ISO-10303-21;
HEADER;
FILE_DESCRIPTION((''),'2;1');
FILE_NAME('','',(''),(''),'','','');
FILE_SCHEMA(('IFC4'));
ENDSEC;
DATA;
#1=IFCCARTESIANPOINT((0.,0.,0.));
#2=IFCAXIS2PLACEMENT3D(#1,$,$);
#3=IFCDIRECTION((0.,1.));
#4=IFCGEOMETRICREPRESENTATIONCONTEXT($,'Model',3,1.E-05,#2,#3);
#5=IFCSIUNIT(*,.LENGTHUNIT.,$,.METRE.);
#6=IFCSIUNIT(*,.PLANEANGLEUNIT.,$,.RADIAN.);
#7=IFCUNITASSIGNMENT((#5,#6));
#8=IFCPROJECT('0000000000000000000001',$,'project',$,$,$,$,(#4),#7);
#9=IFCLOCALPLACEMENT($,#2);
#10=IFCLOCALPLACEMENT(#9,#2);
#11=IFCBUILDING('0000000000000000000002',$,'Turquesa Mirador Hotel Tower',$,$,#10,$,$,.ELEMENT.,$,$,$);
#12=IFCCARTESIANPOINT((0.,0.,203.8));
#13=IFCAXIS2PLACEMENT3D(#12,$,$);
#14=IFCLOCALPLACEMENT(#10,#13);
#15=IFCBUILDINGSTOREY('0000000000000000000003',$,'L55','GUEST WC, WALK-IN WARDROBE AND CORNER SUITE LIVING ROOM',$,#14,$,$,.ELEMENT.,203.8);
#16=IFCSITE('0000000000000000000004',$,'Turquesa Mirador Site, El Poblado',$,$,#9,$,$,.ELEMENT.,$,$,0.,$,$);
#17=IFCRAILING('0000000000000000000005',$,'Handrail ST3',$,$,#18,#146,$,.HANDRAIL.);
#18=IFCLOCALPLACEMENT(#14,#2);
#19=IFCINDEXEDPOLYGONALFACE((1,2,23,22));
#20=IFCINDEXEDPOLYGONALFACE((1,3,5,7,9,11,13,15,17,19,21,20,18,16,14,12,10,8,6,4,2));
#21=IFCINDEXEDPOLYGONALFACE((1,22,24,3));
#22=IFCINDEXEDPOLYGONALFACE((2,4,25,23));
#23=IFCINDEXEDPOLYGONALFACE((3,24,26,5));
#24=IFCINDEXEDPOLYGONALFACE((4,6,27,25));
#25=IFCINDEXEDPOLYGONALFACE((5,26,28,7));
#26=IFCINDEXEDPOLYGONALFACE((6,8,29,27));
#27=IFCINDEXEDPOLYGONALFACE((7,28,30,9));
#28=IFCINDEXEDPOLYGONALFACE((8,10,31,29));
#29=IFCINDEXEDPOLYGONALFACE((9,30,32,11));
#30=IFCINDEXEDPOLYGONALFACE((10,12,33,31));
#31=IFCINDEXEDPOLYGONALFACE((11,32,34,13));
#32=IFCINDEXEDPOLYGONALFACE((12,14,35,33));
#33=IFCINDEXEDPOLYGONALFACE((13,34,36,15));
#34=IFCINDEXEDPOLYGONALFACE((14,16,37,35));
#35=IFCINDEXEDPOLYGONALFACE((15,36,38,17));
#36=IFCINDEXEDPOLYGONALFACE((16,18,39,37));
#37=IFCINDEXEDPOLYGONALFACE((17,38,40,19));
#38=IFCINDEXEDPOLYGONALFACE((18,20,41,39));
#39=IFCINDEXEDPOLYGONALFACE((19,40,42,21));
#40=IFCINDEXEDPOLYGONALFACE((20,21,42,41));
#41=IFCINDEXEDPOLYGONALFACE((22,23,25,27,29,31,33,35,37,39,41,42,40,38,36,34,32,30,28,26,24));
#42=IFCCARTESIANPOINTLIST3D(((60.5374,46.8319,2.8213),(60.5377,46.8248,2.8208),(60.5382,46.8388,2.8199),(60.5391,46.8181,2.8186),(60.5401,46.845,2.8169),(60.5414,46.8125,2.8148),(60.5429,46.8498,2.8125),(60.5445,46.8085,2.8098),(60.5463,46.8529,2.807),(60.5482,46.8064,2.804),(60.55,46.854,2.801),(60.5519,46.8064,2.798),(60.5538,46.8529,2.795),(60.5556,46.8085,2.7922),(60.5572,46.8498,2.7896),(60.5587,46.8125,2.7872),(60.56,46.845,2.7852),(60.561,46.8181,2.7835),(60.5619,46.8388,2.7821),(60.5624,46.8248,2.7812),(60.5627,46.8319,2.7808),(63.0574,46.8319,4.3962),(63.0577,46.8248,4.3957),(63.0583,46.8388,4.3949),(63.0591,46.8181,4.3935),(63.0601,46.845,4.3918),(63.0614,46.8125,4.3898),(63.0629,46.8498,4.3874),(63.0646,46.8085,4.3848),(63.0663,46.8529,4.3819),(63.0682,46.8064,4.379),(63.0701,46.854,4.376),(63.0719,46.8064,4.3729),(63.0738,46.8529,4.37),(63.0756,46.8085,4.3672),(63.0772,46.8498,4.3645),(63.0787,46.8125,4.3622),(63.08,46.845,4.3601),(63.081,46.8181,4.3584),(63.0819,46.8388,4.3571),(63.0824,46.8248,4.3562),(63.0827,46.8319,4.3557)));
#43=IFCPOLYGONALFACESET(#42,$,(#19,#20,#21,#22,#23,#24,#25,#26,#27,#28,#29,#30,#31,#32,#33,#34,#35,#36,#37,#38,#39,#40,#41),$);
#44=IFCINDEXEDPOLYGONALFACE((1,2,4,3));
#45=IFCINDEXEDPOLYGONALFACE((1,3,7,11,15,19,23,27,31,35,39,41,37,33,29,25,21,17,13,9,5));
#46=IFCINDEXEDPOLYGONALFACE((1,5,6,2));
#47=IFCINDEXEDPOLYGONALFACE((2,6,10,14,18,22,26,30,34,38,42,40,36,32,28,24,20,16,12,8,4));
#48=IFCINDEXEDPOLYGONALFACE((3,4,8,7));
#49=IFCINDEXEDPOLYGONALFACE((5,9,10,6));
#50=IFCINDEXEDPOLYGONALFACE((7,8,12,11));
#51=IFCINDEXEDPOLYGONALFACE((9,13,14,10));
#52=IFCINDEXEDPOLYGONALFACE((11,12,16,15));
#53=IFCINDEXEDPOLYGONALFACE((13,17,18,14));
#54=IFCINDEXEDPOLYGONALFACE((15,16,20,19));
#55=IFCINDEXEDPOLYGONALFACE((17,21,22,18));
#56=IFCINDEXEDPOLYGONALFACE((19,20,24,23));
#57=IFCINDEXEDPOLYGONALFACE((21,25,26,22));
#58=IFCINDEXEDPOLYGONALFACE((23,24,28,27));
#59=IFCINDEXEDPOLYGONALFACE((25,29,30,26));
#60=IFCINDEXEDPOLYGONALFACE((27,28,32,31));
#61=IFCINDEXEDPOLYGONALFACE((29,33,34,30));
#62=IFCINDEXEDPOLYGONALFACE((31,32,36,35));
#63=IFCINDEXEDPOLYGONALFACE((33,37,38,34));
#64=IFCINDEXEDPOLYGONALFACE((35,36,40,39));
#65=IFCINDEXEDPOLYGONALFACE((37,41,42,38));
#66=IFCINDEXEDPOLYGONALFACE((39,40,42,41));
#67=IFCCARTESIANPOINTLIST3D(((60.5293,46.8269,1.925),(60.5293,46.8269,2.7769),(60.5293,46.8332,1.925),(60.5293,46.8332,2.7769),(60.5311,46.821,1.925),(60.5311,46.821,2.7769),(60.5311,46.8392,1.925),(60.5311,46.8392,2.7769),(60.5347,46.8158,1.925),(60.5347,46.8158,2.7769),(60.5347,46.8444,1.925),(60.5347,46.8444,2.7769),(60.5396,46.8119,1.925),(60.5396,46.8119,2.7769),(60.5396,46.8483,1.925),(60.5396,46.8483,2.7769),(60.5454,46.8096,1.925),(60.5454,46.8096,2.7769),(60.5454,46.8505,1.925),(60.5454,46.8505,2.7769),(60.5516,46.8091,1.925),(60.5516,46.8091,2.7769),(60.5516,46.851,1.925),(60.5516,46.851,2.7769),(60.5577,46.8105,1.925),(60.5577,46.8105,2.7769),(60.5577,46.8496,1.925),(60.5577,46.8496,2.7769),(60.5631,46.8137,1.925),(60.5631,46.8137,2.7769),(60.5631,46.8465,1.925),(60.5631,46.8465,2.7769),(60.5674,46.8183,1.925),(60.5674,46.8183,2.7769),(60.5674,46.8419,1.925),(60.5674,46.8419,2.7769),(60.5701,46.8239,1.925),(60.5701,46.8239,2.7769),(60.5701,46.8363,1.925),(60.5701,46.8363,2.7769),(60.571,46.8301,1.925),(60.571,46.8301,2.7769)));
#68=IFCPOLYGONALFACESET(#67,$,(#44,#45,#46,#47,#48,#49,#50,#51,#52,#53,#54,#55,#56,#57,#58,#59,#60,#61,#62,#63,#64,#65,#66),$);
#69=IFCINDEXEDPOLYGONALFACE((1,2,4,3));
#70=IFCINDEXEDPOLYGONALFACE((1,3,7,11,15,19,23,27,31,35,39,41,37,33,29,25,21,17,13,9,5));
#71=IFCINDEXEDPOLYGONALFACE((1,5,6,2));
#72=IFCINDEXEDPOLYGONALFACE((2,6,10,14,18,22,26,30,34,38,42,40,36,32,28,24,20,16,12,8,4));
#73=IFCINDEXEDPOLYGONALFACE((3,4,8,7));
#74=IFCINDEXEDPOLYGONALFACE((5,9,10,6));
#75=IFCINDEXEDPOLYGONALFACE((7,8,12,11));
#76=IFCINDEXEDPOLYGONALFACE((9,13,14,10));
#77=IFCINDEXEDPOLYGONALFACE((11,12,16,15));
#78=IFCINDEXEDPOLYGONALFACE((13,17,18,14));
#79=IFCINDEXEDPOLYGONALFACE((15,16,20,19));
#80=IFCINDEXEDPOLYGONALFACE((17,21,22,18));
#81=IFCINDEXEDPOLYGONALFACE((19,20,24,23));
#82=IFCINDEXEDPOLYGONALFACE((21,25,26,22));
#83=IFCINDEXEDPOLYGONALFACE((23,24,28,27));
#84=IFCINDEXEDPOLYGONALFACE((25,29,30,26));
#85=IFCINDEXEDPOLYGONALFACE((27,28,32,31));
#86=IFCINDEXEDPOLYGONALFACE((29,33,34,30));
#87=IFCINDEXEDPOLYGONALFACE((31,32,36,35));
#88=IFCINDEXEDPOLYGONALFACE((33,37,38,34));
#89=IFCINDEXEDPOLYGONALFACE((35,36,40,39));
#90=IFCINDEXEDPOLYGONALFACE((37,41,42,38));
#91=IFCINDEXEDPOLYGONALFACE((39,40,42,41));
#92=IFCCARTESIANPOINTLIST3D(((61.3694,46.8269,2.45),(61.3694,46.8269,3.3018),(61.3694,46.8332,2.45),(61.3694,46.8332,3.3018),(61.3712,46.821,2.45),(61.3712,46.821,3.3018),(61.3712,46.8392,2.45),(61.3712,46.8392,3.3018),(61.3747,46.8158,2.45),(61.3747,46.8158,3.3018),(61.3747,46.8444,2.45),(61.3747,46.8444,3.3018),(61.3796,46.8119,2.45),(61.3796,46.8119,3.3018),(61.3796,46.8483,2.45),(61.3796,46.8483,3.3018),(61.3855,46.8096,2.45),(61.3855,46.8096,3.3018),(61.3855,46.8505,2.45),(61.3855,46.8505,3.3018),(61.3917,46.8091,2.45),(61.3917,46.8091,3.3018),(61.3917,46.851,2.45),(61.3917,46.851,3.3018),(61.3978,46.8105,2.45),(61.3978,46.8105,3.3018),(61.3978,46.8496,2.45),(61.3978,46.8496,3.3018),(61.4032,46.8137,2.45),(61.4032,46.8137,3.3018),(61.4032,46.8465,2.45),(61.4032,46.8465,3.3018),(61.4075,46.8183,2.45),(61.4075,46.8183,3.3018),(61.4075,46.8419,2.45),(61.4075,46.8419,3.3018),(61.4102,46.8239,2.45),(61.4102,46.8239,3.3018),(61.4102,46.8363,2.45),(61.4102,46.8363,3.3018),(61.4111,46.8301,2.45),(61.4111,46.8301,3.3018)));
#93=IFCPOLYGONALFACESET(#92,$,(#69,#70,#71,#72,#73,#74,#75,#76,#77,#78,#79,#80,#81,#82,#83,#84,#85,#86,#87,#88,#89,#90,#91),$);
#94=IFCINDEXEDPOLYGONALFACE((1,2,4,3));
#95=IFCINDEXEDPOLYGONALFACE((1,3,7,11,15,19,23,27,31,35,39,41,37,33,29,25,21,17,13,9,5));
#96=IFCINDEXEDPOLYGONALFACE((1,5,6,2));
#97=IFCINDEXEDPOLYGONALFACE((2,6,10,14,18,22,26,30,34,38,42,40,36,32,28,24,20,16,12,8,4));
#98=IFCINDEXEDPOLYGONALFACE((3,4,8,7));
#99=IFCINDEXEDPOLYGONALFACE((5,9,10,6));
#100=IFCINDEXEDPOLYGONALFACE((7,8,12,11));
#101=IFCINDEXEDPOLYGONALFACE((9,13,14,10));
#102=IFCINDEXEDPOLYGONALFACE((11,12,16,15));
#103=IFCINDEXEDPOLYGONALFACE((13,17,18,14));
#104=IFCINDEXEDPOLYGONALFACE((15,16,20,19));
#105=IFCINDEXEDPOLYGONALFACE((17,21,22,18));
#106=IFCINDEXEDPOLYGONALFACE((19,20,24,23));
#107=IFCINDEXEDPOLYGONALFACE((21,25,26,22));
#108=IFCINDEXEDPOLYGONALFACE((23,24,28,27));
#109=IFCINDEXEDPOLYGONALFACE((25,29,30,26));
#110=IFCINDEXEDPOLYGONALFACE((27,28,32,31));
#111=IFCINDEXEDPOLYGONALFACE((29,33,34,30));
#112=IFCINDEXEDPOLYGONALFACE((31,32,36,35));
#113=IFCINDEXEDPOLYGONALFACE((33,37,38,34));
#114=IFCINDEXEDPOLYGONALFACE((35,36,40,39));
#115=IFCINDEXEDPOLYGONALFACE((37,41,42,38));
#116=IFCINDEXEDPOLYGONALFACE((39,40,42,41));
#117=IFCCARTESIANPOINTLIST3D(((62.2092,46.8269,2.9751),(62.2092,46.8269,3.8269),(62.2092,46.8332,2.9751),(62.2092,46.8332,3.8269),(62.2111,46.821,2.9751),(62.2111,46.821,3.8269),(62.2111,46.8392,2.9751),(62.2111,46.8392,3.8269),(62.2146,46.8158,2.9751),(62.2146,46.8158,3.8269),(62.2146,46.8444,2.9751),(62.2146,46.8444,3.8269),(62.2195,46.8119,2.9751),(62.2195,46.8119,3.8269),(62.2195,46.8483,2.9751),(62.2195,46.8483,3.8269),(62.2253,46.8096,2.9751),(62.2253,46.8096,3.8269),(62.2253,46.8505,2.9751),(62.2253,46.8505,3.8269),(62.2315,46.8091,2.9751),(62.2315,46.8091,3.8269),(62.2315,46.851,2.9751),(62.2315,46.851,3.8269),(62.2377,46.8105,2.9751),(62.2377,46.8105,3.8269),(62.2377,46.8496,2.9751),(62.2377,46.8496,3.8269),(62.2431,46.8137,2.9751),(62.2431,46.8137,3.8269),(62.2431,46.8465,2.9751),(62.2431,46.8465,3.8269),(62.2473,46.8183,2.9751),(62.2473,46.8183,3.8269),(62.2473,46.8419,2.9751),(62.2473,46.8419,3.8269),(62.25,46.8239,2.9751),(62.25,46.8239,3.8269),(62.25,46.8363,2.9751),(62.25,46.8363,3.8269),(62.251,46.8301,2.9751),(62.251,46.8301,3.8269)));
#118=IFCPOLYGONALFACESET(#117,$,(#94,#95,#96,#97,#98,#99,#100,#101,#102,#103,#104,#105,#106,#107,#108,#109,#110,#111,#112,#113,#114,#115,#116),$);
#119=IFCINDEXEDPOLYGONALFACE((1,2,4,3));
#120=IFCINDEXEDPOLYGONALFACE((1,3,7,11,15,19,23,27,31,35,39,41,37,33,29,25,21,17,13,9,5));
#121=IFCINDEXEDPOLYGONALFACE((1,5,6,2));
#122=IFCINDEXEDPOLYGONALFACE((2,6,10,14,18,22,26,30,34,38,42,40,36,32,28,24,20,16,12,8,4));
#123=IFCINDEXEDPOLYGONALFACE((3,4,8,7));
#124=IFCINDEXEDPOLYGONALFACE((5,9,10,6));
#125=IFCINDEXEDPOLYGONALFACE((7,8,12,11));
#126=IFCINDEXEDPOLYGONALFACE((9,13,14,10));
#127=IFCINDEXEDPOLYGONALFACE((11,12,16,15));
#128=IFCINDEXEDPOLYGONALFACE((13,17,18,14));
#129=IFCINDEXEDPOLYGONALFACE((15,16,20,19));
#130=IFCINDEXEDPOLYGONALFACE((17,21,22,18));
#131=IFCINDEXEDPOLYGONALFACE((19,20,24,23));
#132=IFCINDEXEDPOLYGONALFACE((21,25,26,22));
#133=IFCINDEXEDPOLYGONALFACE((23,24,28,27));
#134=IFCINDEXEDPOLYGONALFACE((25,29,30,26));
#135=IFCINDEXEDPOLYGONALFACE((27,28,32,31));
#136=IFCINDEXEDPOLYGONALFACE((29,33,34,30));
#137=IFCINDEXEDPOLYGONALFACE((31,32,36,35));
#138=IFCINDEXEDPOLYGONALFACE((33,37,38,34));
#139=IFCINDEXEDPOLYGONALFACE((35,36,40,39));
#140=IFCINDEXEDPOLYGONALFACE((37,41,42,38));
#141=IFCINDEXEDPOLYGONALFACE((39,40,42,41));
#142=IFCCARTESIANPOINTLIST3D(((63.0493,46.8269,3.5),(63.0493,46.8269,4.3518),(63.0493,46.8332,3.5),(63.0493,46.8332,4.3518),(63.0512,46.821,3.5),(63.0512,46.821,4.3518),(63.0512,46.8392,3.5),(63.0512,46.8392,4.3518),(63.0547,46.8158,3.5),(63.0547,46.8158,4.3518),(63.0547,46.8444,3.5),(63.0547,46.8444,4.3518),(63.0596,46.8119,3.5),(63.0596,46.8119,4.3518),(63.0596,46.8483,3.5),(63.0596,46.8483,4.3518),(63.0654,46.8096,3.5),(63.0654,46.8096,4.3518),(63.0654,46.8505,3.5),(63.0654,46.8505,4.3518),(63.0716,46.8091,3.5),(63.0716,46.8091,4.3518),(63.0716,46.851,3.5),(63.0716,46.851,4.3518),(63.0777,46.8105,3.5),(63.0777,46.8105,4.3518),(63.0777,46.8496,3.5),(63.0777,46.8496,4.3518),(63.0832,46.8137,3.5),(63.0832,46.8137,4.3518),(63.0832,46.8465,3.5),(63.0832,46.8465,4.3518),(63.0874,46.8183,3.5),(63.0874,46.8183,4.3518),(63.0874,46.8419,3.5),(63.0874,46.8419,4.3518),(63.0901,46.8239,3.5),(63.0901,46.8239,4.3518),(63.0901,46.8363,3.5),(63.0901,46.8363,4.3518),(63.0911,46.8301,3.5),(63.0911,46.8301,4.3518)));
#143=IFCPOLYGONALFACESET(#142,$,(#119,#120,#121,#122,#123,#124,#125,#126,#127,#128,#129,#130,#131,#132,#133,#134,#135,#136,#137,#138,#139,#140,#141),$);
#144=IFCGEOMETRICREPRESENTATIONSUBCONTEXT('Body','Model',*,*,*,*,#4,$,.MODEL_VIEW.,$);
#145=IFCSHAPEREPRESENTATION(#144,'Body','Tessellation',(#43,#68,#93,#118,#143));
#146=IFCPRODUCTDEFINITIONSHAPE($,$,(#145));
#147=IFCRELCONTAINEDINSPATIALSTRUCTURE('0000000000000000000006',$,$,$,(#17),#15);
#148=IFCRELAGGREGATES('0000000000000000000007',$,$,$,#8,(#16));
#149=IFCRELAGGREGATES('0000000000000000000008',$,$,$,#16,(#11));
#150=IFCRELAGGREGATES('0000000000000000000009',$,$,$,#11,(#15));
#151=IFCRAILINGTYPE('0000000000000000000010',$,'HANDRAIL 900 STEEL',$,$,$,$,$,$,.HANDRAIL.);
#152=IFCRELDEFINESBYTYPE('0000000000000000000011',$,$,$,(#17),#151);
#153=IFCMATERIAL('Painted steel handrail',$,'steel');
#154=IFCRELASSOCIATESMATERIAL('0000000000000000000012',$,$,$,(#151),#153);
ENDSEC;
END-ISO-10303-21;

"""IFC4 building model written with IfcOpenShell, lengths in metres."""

from ifc_helpers import new_model, si_unit, direction, frame, origin, origin_2d, place, context, subcontext, project, spatial, circle, extrude, material, type_object, element, save


model = new_model("IFC4")

# Units and contexts
model_context = context("Model", 3, precision=1e-05, world=origin(), true_north=direction((0.0, 1.0)))
body_context = subcontext(model_context, "Body", "Model", "MODEL_VIEW")
ifc_project = project(units=[si_unit("LENGTHUNIT", "METRE"), si_unit("PLANEANGLEUNIT", "RADIAN")], contexts=[model_context])

# Site, building, storey
site_placement = place(None, origin())
site = spatial("IfcSite", under=ifc_project, at=site_placement, Name="Turquesa Mirador Site, El Poblado", CompositionType="ELEMENT", RefElevation=0.0)
building_placement = place(site_placement, origin())
building = spatial("IfcBuilding", under=site, at=building_placement, Name="Turquesa Mirador Hotel Tower", CompositionType="ELEMENT")
storey_placement = place(building_placement, frame((0.0, 0.0, 203.8)))
storey = spatial("IfcBuildingStorey", under=building, at=storey_placement, Name="L55", Description="GUEST WC, WALK-IN WARDROBE AND CORNER SUITE LIVING ROOM", CompositionType="ELEMENT", Elevation=203.8)

# Railing
ifc_material_1 = material(Name="Painted steel handrail", Category="steel")
railing_type = type_object("IfcRailingType", Name="HANDRAIL 900 STEEL", PredefinedType="HANDRAIL", material=ifc_material_1)
railing_1_placement = place(storey_placement, frame((60.55, 46.8301, 1.925)))
element("IfcRailing", 1, at=railing_1_placement, inside=storey, type_object=railing_type, Name="Handrail ST3", PredefinedType="HANDRAIL", context=body_context, shape_type="SweptSolid", body=[
    extrude(circle(Radius=0.0239, at=origin_2d()), frame((0.0, 0.0, 0.876), z_axis=(0.848008, 0.0, 0.529984), x_axis=(0.0, 1.0, 0.0)), (0.0, 0.0, 1.0), 2.9717),
    extrude(circle(Radius=0.021, at=origin_2d()), origin(), (0.0, 0.0, 1.0), 0.8518),
    extrude(circle(Radius=0.021, at=origin_2d()), frame((0.8401, 0.0, 0.5249)), (0.0, 0.0, 1.0), 0.8518),
    extrude(circle(Radius=0.021, at=origin_2d()), frame((1.6799, 0.0, 1.05)), (0.0, 0.0, 1.0), 0.8518),
    extrude(circle(Radius=0.021, at=origin_2d()), frame((2.52, 0.0, 1.575)), (0.0, 0.0, 1.0), 0.8518),
])

save(model, "model.ifc")
